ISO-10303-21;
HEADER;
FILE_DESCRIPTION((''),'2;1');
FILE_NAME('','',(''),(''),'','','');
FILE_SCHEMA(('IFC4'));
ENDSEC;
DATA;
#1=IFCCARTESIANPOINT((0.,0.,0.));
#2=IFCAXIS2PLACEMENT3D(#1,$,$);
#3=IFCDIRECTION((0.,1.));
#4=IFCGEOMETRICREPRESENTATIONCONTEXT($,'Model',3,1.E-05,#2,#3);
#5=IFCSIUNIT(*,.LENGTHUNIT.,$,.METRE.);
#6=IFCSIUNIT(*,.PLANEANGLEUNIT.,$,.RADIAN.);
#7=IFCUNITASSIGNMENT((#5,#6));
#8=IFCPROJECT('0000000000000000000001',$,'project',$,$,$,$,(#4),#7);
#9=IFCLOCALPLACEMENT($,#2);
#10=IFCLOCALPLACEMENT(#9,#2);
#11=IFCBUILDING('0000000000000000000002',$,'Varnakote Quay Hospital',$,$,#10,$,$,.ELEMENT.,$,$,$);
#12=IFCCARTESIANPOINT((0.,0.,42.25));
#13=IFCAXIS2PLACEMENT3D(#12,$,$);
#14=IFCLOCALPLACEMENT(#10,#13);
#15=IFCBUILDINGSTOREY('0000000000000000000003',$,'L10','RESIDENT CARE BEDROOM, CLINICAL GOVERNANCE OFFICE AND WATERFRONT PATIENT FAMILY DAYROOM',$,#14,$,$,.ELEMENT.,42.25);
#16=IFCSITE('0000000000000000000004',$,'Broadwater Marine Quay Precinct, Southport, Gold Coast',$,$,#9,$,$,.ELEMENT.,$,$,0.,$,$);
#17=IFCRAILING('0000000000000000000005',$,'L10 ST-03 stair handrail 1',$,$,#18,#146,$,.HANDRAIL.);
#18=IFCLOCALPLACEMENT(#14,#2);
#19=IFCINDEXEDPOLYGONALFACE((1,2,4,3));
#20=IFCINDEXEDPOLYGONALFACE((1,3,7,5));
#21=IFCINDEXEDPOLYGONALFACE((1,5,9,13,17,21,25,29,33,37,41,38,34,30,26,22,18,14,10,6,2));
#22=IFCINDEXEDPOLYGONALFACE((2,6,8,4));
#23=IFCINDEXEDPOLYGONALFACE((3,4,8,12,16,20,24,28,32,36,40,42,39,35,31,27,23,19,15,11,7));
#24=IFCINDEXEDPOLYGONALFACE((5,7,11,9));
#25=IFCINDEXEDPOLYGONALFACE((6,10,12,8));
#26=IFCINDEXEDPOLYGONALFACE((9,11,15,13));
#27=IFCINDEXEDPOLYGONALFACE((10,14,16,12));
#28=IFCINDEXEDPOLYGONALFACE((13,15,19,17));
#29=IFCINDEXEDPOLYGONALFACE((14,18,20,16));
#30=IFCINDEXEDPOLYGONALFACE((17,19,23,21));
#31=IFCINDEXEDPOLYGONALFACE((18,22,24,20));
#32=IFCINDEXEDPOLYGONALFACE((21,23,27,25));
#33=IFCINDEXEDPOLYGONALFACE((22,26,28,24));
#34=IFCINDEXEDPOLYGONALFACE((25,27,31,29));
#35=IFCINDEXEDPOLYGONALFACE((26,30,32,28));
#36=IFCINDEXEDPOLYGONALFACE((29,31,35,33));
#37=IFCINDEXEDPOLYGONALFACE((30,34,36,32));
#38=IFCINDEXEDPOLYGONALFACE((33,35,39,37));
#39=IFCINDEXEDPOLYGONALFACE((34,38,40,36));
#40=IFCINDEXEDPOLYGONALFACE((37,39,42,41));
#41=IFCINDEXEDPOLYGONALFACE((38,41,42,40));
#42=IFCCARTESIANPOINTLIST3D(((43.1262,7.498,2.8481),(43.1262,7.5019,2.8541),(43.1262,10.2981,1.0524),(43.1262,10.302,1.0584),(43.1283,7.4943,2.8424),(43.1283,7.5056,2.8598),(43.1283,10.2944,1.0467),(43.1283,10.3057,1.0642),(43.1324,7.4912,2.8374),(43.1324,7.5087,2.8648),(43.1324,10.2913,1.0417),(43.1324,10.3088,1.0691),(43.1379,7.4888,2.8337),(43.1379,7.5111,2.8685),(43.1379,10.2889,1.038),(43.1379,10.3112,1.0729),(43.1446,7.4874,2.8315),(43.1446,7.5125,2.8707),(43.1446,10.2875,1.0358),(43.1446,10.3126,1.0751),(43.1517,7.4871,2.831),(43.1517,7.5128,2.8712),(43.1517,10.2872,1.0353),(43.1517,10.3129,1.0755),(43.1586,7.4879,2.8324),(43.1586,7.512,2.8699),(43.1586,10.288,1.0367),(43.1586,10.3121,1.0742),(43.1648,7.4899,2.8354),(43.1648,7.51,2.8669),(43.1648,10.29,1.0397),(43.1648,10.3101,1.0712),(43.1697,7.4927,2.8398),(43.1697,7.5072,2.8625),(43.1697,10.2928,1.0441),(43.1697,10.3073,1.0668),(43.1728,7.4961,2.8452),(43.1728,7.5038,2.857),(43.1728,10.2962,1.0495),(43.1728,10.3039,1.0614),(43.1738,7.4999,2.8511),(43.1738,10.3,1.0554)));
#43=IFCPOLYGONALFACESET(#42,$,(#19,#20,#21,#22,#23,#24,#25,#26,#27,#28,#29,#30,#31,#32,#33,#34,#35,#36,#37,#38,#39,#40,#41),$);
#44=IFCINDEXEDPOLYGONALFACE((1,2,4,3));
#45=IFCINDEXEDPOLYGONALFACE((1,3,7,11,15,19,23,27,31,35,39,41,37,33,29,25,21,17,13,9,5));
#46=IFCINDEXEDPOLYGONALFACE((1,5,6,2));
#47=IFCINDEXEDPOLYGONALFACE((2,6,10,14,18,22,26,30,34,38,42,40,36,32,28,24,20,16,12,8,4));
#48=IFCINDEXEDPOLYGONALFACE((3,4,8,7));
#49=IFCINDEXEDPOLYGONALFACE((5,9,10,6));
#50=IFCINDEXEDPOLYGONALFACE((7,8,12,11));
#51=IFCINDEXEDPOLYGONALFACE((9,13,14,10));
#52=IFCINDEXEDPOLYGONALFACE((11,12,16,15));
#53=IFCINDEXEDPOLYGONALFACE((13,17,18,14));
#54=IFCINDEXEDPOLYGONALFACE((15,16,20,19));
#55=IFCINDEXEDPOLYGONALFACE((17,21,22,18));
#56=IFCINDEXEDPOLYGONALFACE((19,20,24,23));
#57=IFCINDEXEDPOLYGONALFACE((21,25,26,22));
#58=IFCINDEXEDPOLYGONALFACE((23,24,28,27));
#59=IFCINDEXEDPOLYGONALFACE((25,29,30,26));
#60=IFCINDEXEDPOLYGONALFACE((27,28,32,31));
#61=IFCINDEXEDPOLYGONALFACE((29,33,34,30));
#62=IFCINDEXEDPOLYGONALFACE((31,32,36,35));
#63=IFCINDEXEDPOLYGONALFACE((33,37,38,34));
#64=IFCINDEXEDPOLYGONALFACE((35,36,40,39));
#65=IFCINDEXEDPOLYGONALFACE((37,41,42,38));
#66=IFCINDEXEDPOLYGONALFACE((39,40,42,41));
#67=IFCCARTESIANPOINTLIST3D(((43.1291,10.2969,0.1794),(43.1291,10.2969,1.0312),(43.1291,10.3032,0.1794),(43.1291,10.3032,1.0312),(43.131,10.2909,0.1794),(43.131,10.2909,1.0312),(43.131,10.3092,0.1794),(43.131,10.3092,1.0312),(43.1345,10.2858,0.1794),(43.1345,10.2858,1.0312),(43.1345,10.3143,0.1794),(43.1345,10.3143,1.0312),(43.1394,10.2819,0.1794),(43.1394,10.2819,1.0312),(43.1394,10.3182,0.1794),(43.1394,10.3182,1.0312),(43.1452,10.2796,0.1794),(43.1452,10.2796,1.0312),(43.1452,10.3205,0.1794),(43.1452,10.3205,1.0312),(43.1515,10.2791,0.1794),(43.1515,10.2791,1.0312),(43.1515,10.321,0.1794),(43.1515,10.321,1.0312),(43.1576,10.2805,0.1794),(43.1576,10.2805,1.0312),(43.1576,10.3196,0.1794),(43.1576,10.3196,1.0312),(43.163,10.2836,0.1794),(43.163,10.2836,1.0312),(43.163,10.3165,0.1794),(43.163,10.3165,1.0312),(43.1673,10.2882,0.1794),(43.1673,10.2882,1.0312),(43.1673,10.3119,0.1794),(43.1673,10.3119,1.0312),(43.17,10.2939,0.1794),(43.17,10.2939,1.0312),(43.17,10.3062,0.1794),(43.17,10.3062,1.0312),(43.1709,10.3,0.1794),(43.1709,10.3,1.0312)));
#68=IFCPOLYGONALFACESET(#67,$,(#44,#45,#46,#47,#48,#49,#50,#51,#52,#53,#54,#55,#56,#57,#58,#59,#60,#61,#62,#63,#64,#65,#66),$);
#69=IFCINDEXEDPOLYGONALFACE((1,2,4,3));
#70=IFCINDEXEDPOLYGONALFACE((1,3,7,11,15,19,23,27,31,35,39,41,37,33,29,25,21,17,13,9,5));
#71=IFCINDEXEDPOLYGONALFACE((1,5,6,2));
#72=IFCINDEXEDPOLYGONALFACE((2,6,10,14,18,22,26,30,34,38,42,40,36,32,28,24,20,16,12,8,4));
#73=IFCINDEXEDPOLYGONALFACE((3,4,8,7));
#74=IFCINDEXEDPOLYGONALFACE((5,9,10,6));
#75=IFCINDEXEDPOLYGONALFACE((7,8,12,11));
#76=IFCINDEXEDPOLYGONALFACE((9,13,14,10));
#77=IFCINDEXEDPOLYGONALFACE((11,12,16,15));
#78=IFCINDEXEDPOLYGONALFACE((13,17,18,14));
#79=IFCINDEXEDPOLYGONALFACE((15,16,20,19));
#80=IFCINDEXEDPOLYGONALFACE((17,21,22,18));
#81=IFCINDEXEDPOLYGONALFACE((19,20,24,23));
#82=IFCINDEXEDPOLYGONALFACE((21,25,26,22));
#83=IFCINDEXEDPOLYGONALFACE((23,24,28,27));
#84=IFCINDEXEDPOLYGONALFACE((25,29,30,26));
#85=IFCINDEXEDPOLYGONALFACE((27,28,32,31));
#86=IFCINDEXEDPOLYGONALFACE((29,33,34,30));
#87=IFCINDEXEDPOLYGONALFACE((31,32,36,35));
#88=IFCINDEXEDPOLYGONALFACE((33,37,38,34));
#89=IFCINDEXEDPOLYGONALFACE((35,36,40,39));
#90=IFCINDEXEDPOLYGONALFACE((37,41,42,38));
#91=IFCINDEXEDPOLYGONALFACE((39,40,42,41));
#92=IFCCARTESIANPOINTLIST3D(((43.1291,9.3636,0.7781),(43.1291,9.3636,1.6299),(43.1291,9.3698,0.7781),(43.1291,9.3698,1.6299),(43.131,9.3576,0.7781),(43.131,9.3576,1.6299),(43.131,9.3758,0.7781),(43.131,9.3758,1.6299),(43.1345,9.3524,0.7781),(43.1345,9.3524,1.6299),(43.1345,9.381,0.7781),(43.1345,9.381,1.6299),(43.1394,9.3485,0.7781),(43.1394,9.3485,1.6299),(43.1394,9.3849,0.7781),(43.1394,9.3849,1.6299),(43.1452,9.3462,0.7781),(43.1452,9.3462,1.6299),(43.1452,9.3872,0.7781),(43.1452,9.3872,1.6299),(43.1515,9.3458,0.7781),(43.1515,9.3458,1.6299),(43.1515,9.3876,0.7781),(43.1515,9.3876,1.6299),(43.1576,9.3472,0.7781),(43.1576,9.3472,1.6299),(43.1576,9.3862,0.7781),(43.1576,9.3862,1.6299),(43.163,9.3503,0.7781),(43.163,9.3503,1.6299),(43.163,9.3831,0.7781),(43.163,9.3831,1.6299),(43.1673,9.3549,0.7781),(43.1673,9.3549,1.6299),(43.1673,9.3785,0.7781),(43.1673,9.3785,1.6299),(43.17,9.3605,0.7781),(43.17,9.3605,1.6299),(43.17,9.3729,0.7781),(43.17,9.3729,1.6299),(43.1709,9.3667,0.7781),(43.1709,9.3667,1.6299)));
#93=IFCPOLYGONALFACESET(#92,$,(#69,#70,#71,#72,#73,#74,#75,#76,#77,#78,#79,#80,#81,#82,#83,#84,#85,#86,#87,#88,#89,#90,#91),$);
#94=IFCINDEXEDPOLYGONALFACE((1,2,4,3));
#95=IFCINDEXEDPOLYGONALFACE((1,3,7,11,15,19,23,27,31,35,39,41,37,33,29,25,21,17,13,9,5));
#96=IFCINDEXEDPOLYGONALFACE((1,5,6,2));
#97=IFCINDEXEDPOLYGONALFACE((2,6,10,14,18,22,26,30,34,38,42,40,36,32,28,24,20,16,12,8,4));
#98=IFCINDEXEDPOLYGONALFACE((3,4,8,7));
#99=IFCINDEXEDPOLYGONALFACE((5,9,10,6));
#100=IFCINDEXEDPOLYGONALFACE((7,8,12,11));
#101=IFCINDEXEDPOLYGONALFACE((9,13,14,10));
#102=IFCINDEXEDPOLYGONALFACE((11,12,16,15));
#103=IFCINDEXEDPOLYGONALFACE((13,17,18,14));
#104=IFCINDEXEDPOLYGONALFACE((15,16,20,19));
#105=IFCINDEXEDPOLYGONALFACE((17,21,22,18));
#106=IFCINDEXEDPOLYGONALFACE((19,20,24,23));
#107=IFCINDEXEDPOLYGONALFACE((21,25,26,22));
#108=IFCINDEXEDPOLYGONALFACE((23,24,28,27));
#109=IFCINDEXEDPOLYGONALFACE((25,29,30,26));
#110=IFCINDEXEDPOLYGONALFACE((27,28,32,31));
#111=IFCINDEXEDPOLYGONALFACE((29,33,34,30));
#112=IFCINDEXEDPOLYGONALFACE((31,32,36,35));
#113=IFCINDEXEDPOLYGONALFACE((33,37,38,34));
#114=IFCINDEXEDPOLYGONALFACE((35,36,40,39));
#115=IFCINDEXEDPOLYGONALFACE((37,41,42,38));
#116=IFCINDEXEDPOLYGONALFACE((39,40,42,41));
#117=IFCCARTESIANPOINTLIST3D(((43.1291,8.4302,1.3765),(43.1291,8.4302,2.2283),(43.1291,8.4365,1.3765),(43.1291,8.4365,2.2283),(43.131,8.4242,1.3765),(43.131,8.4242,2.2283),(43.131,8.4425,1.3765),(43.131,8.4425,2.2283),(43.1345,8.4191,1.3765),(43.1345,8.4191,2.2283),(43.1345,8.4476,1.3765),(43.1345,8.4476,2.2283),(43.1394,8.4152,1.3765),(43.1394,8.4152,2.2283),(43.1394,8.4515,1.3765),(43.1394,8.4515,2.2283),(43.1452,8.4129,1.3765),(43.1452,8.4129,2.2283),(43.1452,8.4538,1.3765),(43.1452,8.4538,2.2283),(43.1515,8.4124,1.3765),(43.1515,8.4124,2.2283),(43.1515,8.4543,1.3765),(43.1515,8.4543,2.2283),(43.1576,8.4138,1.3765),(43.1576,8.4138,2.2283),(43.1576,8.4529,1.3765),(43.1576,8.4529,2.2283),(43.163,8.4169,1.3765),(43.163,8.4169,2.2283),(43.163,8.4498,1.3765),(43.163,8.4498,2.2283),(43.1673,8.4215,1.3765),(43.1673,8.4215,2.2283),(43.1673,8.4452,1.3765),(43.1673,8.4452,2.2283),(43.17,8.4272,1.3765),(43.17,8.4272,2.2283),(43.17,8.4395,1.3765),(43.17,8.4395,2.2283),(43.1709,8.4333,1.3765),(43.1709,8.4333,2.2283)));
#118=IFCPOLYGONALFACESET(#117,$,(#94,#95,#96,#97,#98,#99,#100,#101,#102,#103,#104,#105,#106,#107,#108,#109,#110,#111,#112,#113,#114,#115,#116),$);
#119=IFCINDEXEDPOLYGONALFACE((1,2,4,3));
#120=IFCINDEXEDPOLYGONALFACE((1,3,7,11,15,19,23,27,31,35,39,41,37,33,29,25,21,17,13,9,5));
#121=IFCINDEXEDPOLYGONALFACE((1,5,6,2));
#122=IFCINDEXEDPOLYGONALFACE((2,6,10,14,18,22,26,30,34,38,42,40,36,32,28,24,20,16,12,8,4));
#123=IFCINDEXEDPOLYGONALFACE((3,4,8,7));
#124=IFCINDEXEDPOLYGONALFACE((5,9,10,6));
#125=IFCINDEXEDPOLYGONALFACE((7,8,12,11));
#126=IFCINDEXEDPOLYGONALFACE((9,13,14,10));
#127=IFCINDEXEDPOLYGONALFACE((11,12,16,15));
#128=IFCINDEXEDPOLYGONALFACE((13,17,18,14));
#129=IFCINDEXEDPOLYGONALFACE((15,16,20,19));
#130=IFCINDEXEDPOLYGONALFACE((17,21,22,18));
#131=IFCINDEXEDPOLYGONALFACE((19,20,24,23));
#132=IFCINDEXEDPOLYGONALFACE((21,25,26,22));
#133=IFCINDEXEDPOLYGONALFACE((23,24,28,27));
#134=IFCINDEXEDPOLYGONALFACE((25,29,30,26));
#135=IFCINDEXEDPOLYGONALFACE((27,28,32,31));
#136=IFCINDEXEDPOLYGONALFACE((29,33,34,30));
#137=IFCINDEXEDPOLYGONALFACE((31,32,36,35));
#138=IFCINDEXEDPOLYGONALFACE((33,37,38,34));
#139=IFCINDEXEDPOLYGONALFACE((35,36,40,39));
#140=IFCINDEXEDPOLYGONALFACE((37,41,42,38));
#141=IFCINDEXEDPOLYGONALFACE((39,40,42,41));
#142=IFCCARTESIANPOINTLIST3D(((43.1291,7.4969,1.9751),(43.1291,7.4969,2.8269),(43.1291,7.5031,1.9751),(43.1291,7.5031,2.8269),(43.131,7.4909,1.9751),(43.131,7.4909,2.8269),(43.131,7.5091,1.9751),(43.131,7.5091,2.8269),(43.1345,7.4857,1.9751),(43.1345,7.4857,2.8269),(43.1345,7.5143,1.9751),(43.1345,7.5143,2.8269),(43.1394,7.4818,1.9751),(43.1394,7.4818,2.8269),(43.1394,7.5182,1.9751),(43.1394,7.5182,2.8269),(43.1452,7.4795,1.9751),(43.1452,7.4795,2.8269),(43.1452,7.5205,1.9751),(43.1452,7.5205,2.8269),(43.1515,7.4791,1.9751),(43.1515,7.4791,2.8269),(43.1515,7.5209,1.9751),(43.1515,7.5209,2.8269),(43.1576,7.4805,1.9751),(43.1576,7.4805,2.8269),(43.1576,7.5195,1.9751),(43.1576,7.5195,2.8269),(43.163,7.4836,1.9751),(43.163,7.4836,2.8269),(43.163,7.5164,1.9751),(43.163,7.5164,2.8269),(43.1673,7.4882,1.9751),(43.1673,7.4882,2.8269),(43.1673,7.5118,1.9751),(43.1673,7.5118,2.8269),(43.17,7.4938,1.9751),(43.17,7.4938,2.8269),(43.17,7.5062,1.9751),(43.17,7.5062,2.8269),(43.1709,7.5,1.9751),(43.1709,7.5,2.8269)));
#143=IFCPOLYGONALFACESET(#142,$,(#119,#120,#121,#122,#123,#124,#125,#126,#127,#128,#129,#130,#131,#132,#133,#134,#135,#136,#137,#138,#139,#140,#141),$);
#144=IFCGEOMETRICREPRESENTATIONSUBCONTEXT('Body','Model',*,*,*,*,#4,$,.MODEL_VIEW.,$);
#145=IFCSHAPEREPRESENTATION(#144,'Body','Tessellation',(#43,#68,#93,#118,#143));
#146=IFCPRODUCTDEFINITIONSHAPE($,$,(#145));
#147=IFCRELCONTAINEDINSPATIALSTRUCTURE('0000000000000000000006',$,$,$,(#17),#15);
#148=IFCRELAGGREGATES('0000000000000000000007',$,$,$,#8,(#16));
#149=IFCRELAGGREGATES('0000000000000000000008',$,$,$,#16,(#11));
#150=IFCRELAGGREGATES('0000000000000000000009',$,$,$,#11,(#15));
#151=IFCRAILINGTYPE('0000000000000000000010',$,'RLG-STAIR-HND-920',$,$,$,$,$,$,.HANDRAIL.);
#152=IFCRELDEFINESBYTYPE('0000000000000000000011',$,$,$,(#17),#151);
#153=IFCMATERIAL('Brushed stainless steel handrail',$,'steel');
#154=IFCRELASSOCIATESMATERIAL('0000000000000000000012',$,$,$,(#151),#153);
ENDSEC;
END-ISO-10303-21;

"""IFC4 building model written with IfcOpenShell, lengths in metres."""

from ifc_helpers import new_model, si_unit, direction, frame, origin, origin_2d, place, context, subcontext, project, spatial, circle, extrude, material, type_object, element, save


model = new_model("IFC4")

# Units and contexts
model_context = context("Model", 3, precision=1e-05, world=origin(), true_north=direction((0.0, 1.0)))
body_context = subcontext(model_context, "Body", "Model", "MODEL_VIEW")
ifc_project = project(units=[si_unit("LENGTHUNIT", "METRE"), si_unit("PLANEANGLEUNIT", "RADIAN")], contexts=[model_context])

# Site, building, storey
site_placement = place(None, origin())
site = spatial("IfcSite", under=ifc_project, at=site_placement, Name="Broadwater Marine Quay Precinct, Southport, Gold Coast", CompositionType="ELEMENT", RefElevation=0.0)
building_placement = place(site_placement, origin())
building = spatial("IfcBuilding", under=site, at=building_placement, Name="Varnakote Quay Hospital", CompositionType="ELEMENT")
storey_placement = place(building_placement, frame((0.0, 0.0, 42.25)))
storey = spatial("IfcBuildingStorey", under=building, at=storey_placement, Name="L10", Description="RESIDENT CARE BEDROOM, CLINICAL GOVERNANCE OFFICE AND WATERFRONT PATIENT FAMILY DAYROOM", CompositionType="ELEMENT", Elevation=42.25)

# Railing
ifc_material_1 = material(Name="Brushed stainless steel handrail", Category="steel")
railing_type_1 = type_object("IfcRailingType", Name="RLG-STAIR-HND-920", PredefinedType="HANDRAIL", material=ifc_material_1)
railing_1_placement = place(storey_placement, frame((43.1499, 10.3, 0.1794)))
element("IfcRailing", 1, at=railing_1_placement, inside=storey, type_object=railing_type_1, Name="L10 ST-03 stair handrail 1", PredefinedType="HANDRAIL", context=body_context, shape_type="SweptSolid", body=[
    extrude(circle(Radius=0.0239, at=origin_2d()), frame((0.0, 0.0, 0.876), z_axis=(0.0, -0.841777, 0.539826), x_axis=(1.0, 0.0, 0.0)), (0.0, 0.0, 1.0), 3.3264),
    extrude(circle(Radius=0.021, at=origin_2d()), origin(), (0.0, 0.0, 1.0), 0.8518),
    extrude(circle(Radius=0.021, at=origin_2d()), frame((0.0, -0.9333, 0.5986)), (0.0, 0.0, 1.0), 0.8518),
    extrude(circle(Radius=0.021, at=origin_2d()), frame((0.0, -1.8667, 1.197)), (0.0, 0.0, 1.0), 0.8518),
    extrude(circle(Radius=0.021, at=origin_2d()), frame((0.0, -2.8, 1.7957)), (0.0, 0.0, 1.0), 0.8518),
])

save(model, "model.ifc")
